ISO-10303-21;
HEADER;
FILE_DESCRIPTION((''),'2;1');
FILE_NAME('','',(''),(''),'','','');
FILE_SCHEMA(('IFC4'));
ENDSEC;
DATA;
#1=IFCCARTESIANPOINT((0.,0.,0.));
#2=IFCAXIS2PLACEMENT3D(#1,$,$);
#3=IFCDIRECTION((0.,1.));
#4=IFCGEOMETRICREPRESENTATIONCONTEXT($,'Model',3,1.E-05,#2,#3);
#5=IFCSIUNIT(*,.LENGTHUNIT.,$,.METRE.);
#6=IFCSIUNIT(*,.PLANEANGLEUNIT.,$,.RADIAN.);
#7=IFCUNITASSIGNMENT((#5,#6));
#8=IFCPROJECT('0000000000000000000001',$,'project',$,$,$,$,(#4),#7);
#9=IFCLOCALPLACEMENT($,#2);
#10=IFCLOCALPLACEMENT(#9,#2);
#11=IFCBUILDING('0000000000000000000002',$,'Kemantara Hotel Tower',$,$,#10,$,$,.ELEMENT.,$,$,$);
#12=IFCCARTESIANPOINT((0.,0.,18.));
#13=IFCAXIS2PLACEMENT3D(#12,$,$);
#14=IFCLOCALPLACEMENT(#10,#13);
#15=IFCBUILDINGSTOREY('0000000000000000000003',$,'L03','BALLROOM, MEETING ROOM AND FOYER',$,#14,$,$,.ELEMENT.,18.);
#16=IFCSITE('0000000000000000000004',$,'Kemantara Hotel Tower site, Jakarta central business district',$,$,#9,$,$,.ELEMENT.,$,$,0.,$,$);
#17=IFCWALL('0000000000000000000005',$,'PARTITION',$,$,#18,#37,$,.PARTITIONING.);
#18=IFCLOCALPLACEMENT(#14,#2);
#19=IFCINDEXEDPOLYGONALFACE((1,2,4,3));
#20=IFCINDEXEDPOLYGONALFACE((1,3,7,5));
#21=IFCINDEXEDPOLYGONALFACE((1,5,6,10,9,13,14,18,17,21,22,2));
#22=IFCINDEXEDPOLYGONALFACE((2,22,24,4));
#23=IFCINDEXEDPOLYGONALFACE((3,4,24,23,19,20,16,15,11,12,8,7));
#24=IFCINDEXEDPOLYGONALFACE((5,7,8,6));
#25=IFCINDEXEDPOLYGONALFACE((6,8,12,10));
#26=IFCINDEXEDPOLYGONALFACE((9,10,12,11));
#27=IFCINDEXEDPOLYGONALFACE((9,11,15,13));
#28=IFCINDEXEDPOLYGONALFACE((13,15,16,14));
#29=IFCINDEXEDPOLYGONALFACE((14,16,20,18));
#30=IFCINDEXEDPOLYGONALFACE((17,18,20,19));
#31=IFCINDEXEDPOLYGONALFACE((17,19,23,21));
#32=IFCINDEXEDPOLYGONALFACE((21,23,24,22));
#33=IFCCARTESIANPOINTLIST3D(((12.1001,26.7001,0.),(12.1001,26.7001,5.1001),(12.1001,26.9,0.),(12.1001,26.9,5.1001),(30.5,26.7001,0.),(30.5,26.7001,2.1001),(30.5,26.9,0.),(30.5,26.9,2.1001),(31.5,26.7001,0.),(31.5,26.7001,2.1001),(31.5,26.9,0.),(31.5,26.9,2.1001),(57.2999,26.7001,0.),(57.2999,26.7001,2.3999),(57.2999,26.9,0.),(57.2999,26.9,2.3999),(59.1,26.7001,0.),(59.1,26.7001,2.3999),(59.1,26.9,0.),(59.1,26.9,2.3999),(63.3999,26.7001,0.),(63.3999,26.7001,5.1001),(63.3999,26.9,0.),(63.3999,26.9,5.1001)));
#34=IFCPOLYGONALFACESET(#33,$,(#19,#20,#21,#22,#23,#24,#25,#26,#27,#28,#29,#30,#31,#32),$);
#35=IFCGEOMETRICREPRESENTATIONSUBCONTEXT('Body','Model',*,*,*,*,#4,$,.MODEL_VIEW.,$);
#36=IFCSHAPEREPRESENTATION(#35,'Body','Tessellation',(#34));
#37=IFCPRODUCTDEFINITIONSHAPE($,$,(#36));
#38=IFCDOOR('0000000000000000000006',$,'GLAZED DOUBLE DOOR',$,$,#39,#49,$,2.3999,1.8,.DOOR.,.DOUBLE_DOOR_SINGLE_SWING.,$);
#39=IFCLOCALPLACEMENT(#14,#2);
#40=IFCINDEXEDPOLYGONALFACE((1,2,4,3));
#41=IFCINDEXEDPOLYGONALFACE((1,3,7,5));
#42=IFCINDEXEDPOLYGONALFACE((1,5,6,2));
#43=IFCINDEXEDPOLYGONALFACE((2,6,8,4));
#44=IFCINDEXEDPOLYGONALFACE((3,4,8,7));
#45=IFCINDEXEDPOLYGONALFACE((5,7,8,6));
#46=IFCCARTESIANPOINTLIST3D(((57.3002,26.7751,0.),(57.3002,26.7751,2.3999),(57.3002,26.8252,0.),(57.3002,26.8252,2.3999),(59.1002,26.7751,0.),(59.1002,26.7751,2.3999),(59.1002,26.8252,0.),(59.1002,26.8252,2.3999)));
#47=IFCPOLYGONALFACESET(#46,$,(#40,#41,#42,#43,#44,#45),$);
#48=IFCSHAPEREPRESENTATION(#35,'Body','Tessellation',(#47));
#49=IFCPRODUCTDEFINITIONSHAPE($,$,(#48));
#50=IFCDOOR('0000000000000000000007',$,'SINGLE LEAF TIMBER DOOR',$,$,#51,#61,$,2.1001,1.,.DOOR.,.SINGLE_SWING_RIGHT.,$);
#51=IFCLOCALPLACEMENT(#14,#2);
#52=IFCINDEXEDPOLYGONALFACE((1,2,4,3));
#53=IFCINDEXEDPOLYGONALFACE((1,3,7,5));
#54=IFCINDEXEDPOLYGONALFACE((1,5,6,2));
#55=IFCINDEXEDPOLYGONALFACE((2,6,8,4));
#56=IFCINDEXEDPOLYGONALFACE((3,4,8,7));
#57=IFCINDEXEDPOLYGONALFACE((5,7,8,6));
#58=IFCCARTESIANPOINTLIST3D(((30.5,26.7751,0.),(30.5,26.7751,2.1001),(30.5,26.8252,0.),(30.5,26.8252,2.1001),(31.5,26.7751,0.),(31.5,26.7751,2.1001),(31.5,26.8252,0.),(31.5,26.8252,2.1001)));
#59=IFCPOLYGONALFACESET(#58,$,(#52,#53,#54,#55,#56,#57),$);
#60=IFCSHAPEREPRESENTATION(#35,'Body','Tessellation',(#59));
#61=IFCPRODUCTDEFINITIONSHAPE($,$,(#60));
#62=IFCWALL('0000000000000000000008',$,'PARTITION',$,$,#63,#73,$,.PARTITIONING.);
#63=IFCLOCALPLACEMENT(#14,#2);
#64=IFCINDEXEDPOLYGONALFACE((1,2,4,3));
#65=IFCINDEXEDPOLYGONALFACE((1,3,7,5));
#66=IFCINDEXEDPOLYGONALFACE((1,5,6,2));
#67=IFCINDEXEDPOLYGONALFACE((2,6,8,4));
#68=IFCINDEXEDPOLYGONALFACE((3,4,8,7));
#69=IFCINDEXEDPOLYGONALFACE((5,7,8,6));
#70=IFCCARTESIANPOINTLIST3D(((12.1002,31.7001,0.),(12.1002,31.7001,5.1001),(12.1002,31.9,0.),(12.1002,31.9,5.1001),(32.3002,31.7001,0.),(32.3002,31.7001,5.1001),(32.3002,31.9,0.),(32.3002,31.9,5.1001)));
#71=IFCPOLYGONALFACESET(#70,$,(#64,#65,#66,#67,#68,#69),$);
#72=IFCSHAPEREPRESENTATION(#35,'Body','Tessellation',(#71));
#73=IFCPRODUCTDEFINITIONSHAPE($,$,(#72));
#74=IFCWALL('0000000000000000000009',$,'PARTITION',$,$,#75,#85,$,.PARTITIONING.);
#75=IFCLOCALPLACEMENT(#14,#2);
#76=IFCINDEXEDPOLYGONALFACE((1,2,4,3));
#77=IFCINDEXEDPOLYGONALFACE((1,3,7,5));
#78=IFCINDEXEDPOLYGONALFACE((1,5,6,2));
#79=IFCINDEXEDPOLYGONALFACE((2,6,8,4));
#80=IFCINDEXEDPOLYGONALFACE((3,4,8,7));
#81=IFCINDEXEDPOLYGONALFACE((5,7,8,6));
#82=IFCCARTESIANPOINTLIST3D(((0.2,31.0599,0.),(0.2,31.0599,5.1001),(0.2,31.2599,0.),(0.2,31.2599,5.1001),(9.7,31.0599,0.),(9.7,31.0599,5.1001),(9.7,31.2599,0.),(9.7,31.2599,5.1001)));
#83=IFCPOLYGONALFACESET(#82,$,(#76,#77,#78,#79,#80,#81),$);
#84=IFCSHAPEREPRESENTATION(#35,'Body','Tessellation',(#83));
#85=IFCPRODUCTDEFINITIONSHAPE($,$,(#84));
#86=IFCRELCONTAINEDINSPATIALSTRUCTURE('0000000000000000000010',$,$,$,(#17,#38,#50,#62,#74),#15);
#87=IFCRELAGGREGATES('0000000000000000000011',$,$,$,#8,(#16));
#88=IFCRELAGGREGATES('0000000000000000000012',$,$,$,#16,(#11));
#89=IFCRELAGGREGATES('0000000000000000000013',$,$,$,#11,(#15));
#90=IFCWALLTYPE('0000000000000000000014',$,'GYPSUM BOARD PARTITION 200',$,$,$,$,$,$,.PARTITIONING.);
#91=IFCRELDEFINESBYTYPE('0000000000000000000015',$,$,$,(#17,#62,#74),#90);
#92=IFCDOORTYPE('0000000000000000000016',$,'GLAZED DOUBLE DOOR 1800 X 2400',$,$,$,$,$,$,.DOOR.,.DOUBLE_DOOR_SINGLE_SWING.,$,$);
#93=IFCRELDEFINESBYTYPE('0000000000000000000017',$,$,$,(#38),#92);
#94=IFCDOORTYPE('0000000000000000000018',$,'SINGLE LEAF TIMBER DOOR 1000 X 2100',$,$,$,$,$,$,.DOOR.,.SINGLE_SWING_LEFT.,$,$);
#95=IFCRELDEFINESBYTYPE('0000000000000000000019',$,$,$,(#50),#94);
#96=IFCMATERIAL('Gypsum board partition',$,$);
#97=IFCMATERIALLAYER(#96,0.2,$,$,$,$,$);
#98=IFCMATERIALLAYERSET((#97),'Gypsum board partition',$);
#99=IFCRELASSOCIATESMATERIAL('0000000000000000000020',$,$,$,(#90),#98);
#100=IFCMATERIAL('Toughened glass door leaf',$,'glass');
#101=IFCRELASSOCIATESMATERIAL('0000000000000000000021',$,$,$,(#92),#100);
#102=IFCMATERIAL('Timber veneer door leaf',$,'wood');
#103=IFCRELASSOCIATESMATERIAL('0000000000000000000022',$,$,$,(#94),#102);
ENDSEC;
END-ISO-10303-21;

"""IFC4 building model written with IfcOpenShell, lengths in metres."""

from ifc_helpers import new_model, si_unit, direction, frame, frame_2d, origin, place, context, subcontext, project, spatial, rectangle, extrude, material, layer, layer_set, type_object, element, fill, save


model = new_model("IFC4")

# Units and contexts
model_context = context("Model", 3, precision=1e-05, world=origin(), true_north=direction((0.0, 1.0)))
body_context = subcontext(model_context, "Body", "Model", "MODEL_VIEW")
ifc_project = project(units=[si_unit("LENGTHUNIT", "METRE"), si_unit("PLANEANGLEUNIT", "RADIAN")], contexts=[model_context])

# Site, building, storey
site_placement = place(None, origin())
site = spatial("IfcSite", under=ifc_project, at=site_placement, Name="Kemantara Hotel Tower site, Jakarta central business district", CompositionType="ELEMENT", RefElevation=0.0)
building_placement = place(site_placement, origin())
building = spatial("IfcBuilding", under=site, at=building_placement, Name="Kemantara Hotel Tower", CompositionType="ELEMENT")
storey_placement = place(building_placement, frame((0.0, 0.0, 18.0)))
storey = spatial("IfcBuildingStorey", under=building, at=storey_placement, Name="L03", Description="BALLROOM, MEETING ROOM AND FOYER", CompositionType="ELEMENT", Elevation=18.0)

# Wall, openings, doors
ifc_material_1 = material(Name="Gypsum board partition")
ifc_layer_1 = layer(ifc_material_1, 0.2)
ifc_layer_set_1 = layer_set([ifc_layer_1], Name="Gypsum board partition")
wall_type = type_object("IfcWallType", Name="GYPSUM BOARD PARTITION 200", PredefinedType="PARTITIONING", material=ifc_layer_set_1)
wall_1_placement = place(storey_placement, frame((12.1001, 26.8, 0.0), z_axis=(0.0, 0.0, 1.0), x_axis=(1.0, 0.0, 0.0)))
wall_1 = element("IfcWall", 1, at=wall_1_placement, inside=storey, type_object=wall_type, Name="PARTITION", PredefinedType="PARTITIONING", context=body_context, shape_type="SweptSolid", body=[
    extrude(rectangle(XDim=51.2998, YDim=0.2, at=frame_2d((25.6499, 0.0))), origin(), (0.0, 0.0, 1.0), 5.1001),
])
opening_1_placement = place(wall_1_placement, frame((18.3999, 0.0, 0.0)))
opening_1 = element("IfcOpeningElement", 2, at=opening_1_placement, cuts=wall_1, PredefinedType="OPENING", context=body_context, shape_type="SweptSolid", body=[
    extrude(rectangle(XDim=1.0, YDim=2.1001, at=frame_2d((0.5, 1.05))), frame((0.0, 0.1099, 0.0), z_axis=(0.0, -1.0, 0.0), x_axis=(1.0, 0.0, 0.0)), (0.0, 0.0, 1.0), 0.22),
])
opening_2_placement = place(wall_1_placement, frame((45.2, 0.0, 0.0)))
opening_2 = element("IfcOpeningElement", 3, at=opening_2_placement, cuts=wall_1, PredefinedType="OPENING", context=body_context, shape_type="SweptSolid", body=[
    extrude(rectangle(XDim=1.8, YDim=2.3999, at=frame_2d((0.8999, 1.2))), frame((0.0, 0.1099, 0.0), z_axis=(0.0, -1.0, 0.0), x_axis=(1.0, 0.0, 0.0)), (0.0, 0.0, 1.0), 0.22),
])
ifc_material_2 = material(Name="Toughened glass door leaf", Category="glass")
door_type_1 = type_object("IfcDoorType", Name="GLAZED DOUBLE DOOR 1800 X 2400", OperationType="DOUBLE_DOOR_SINGLE_SWING", PredefinedType="DOOR", material=ifc_material_2)
door_1_placement = place(opening_2_placement, frame((1.8, 0.0, 0.0), z_axis=(0.0, 0.0, 1.0), x_axis=(-1.0, 0.0, 0.0)))
door_1 = element("IfcDoor", 4, at=door_1_placement, inside=storey, type_object=door_type_1, Name="GLAZED DOUBLE DOOR", OperationType="DOUBLE_DOOR_SINGLE_SWING", OverallHeight=2.3999, OverallWidth=1.8, PredefinedType="DOOR", context=body_context, shape_type="SweptSolid", body=[
    extrude(rectangle(XDim=1.8, YDim=2.3999, at=frame_2d((0.8999, 1.2))), frame((0.0, 0.0249, 0.0), z_axis=(0.0, -1.0, 0.0), x_axis=(1.0, 0.0, 0.0)), (0.0, 0.0, 1.0), 0.05),
])
fill(opening_2, door_1)
ifc_material_3 = material(Name="Timber veneer door leaf", Category="wood")
door_type_2 = type_object("IfcDoorType", Name="SINGLE LEAF TIMBER DOOR 1000 X 2100", OperationType="SINGLE_SWING_LEFT", PredefinedType="DOOR", material=ifc_material_3)
door_2_placement = place(opening_1_placement, frame((1.0, 0.0, 0.0), z_axis=(0.0, 0.0, 1.0), x_axis=(-1.0, 0.0, 0.0)))
door_2 = element("IfcDoor", 5, at=door_2_placement, inside=storey, type_object=door_type_2, Name="SINGLE LEAF TIMBER DOOR", OperationType="SINGLE_SWING_RIGHT", OverallHeight=2.1001, OverallWidth=1.0, PredefinedType="DOOR", context=body_context, shape_type="SweptSolid", body=[
    extrude(rectangle(XDim=1.0, YDim=2.1001, at=frame_2d((0.5, 1.05))), frame((0.0, 0.0249, 0.0), z_axis=(0.0, -1.0, 0.0), x_axis=(1.0, 0.0, 0.0)), (0.0, 0.0, 1.0), 0.05),
])
fill(opening_1, door_2)

# Walls
wall_2_placement = place(storey_placement, frame((12.1001, 31.8, 0.0), z_axis=(0.0, 0.0, 1.0), x_axis=(1.0, 0.0, 0.0)))
element("IfcWall", 6, at=wall_2_placement, inside=storey, type_object=wall_type, Name="PARTITION", PredefinedType="PARTITIONING", context=body_context, shape_type="SweptSolid", body=[
    extrude(rectangle(XDim=20.2, YDim=0.2, at=frame_2d((10.1001, 0.0))), origin(), (0.0, 0.0, 1.0), 5.1001),
])
wall_3_placement = place(storey_placement, frame((0.2, 31.1599, 0.0), z_axis=(0.0, 0.0, 1.0), x_axis=(1.0, 0.0, 0.0)))
element("IfcWall", 7, at=wall_3_placement, inside=storey, type_object=wall_type, Name="PARTITION", PredefinedType="PARTITIONING", context=body_context, shape_type="SweptSolid", body=[
    extrude(rectangle(XDim=9.5, YDim=0.2, at=frame_2d((4.75, 0.0))), origin(), (0.0, 0.0, 1.0), 5.1001),
])

save(model, "model.ifc")
